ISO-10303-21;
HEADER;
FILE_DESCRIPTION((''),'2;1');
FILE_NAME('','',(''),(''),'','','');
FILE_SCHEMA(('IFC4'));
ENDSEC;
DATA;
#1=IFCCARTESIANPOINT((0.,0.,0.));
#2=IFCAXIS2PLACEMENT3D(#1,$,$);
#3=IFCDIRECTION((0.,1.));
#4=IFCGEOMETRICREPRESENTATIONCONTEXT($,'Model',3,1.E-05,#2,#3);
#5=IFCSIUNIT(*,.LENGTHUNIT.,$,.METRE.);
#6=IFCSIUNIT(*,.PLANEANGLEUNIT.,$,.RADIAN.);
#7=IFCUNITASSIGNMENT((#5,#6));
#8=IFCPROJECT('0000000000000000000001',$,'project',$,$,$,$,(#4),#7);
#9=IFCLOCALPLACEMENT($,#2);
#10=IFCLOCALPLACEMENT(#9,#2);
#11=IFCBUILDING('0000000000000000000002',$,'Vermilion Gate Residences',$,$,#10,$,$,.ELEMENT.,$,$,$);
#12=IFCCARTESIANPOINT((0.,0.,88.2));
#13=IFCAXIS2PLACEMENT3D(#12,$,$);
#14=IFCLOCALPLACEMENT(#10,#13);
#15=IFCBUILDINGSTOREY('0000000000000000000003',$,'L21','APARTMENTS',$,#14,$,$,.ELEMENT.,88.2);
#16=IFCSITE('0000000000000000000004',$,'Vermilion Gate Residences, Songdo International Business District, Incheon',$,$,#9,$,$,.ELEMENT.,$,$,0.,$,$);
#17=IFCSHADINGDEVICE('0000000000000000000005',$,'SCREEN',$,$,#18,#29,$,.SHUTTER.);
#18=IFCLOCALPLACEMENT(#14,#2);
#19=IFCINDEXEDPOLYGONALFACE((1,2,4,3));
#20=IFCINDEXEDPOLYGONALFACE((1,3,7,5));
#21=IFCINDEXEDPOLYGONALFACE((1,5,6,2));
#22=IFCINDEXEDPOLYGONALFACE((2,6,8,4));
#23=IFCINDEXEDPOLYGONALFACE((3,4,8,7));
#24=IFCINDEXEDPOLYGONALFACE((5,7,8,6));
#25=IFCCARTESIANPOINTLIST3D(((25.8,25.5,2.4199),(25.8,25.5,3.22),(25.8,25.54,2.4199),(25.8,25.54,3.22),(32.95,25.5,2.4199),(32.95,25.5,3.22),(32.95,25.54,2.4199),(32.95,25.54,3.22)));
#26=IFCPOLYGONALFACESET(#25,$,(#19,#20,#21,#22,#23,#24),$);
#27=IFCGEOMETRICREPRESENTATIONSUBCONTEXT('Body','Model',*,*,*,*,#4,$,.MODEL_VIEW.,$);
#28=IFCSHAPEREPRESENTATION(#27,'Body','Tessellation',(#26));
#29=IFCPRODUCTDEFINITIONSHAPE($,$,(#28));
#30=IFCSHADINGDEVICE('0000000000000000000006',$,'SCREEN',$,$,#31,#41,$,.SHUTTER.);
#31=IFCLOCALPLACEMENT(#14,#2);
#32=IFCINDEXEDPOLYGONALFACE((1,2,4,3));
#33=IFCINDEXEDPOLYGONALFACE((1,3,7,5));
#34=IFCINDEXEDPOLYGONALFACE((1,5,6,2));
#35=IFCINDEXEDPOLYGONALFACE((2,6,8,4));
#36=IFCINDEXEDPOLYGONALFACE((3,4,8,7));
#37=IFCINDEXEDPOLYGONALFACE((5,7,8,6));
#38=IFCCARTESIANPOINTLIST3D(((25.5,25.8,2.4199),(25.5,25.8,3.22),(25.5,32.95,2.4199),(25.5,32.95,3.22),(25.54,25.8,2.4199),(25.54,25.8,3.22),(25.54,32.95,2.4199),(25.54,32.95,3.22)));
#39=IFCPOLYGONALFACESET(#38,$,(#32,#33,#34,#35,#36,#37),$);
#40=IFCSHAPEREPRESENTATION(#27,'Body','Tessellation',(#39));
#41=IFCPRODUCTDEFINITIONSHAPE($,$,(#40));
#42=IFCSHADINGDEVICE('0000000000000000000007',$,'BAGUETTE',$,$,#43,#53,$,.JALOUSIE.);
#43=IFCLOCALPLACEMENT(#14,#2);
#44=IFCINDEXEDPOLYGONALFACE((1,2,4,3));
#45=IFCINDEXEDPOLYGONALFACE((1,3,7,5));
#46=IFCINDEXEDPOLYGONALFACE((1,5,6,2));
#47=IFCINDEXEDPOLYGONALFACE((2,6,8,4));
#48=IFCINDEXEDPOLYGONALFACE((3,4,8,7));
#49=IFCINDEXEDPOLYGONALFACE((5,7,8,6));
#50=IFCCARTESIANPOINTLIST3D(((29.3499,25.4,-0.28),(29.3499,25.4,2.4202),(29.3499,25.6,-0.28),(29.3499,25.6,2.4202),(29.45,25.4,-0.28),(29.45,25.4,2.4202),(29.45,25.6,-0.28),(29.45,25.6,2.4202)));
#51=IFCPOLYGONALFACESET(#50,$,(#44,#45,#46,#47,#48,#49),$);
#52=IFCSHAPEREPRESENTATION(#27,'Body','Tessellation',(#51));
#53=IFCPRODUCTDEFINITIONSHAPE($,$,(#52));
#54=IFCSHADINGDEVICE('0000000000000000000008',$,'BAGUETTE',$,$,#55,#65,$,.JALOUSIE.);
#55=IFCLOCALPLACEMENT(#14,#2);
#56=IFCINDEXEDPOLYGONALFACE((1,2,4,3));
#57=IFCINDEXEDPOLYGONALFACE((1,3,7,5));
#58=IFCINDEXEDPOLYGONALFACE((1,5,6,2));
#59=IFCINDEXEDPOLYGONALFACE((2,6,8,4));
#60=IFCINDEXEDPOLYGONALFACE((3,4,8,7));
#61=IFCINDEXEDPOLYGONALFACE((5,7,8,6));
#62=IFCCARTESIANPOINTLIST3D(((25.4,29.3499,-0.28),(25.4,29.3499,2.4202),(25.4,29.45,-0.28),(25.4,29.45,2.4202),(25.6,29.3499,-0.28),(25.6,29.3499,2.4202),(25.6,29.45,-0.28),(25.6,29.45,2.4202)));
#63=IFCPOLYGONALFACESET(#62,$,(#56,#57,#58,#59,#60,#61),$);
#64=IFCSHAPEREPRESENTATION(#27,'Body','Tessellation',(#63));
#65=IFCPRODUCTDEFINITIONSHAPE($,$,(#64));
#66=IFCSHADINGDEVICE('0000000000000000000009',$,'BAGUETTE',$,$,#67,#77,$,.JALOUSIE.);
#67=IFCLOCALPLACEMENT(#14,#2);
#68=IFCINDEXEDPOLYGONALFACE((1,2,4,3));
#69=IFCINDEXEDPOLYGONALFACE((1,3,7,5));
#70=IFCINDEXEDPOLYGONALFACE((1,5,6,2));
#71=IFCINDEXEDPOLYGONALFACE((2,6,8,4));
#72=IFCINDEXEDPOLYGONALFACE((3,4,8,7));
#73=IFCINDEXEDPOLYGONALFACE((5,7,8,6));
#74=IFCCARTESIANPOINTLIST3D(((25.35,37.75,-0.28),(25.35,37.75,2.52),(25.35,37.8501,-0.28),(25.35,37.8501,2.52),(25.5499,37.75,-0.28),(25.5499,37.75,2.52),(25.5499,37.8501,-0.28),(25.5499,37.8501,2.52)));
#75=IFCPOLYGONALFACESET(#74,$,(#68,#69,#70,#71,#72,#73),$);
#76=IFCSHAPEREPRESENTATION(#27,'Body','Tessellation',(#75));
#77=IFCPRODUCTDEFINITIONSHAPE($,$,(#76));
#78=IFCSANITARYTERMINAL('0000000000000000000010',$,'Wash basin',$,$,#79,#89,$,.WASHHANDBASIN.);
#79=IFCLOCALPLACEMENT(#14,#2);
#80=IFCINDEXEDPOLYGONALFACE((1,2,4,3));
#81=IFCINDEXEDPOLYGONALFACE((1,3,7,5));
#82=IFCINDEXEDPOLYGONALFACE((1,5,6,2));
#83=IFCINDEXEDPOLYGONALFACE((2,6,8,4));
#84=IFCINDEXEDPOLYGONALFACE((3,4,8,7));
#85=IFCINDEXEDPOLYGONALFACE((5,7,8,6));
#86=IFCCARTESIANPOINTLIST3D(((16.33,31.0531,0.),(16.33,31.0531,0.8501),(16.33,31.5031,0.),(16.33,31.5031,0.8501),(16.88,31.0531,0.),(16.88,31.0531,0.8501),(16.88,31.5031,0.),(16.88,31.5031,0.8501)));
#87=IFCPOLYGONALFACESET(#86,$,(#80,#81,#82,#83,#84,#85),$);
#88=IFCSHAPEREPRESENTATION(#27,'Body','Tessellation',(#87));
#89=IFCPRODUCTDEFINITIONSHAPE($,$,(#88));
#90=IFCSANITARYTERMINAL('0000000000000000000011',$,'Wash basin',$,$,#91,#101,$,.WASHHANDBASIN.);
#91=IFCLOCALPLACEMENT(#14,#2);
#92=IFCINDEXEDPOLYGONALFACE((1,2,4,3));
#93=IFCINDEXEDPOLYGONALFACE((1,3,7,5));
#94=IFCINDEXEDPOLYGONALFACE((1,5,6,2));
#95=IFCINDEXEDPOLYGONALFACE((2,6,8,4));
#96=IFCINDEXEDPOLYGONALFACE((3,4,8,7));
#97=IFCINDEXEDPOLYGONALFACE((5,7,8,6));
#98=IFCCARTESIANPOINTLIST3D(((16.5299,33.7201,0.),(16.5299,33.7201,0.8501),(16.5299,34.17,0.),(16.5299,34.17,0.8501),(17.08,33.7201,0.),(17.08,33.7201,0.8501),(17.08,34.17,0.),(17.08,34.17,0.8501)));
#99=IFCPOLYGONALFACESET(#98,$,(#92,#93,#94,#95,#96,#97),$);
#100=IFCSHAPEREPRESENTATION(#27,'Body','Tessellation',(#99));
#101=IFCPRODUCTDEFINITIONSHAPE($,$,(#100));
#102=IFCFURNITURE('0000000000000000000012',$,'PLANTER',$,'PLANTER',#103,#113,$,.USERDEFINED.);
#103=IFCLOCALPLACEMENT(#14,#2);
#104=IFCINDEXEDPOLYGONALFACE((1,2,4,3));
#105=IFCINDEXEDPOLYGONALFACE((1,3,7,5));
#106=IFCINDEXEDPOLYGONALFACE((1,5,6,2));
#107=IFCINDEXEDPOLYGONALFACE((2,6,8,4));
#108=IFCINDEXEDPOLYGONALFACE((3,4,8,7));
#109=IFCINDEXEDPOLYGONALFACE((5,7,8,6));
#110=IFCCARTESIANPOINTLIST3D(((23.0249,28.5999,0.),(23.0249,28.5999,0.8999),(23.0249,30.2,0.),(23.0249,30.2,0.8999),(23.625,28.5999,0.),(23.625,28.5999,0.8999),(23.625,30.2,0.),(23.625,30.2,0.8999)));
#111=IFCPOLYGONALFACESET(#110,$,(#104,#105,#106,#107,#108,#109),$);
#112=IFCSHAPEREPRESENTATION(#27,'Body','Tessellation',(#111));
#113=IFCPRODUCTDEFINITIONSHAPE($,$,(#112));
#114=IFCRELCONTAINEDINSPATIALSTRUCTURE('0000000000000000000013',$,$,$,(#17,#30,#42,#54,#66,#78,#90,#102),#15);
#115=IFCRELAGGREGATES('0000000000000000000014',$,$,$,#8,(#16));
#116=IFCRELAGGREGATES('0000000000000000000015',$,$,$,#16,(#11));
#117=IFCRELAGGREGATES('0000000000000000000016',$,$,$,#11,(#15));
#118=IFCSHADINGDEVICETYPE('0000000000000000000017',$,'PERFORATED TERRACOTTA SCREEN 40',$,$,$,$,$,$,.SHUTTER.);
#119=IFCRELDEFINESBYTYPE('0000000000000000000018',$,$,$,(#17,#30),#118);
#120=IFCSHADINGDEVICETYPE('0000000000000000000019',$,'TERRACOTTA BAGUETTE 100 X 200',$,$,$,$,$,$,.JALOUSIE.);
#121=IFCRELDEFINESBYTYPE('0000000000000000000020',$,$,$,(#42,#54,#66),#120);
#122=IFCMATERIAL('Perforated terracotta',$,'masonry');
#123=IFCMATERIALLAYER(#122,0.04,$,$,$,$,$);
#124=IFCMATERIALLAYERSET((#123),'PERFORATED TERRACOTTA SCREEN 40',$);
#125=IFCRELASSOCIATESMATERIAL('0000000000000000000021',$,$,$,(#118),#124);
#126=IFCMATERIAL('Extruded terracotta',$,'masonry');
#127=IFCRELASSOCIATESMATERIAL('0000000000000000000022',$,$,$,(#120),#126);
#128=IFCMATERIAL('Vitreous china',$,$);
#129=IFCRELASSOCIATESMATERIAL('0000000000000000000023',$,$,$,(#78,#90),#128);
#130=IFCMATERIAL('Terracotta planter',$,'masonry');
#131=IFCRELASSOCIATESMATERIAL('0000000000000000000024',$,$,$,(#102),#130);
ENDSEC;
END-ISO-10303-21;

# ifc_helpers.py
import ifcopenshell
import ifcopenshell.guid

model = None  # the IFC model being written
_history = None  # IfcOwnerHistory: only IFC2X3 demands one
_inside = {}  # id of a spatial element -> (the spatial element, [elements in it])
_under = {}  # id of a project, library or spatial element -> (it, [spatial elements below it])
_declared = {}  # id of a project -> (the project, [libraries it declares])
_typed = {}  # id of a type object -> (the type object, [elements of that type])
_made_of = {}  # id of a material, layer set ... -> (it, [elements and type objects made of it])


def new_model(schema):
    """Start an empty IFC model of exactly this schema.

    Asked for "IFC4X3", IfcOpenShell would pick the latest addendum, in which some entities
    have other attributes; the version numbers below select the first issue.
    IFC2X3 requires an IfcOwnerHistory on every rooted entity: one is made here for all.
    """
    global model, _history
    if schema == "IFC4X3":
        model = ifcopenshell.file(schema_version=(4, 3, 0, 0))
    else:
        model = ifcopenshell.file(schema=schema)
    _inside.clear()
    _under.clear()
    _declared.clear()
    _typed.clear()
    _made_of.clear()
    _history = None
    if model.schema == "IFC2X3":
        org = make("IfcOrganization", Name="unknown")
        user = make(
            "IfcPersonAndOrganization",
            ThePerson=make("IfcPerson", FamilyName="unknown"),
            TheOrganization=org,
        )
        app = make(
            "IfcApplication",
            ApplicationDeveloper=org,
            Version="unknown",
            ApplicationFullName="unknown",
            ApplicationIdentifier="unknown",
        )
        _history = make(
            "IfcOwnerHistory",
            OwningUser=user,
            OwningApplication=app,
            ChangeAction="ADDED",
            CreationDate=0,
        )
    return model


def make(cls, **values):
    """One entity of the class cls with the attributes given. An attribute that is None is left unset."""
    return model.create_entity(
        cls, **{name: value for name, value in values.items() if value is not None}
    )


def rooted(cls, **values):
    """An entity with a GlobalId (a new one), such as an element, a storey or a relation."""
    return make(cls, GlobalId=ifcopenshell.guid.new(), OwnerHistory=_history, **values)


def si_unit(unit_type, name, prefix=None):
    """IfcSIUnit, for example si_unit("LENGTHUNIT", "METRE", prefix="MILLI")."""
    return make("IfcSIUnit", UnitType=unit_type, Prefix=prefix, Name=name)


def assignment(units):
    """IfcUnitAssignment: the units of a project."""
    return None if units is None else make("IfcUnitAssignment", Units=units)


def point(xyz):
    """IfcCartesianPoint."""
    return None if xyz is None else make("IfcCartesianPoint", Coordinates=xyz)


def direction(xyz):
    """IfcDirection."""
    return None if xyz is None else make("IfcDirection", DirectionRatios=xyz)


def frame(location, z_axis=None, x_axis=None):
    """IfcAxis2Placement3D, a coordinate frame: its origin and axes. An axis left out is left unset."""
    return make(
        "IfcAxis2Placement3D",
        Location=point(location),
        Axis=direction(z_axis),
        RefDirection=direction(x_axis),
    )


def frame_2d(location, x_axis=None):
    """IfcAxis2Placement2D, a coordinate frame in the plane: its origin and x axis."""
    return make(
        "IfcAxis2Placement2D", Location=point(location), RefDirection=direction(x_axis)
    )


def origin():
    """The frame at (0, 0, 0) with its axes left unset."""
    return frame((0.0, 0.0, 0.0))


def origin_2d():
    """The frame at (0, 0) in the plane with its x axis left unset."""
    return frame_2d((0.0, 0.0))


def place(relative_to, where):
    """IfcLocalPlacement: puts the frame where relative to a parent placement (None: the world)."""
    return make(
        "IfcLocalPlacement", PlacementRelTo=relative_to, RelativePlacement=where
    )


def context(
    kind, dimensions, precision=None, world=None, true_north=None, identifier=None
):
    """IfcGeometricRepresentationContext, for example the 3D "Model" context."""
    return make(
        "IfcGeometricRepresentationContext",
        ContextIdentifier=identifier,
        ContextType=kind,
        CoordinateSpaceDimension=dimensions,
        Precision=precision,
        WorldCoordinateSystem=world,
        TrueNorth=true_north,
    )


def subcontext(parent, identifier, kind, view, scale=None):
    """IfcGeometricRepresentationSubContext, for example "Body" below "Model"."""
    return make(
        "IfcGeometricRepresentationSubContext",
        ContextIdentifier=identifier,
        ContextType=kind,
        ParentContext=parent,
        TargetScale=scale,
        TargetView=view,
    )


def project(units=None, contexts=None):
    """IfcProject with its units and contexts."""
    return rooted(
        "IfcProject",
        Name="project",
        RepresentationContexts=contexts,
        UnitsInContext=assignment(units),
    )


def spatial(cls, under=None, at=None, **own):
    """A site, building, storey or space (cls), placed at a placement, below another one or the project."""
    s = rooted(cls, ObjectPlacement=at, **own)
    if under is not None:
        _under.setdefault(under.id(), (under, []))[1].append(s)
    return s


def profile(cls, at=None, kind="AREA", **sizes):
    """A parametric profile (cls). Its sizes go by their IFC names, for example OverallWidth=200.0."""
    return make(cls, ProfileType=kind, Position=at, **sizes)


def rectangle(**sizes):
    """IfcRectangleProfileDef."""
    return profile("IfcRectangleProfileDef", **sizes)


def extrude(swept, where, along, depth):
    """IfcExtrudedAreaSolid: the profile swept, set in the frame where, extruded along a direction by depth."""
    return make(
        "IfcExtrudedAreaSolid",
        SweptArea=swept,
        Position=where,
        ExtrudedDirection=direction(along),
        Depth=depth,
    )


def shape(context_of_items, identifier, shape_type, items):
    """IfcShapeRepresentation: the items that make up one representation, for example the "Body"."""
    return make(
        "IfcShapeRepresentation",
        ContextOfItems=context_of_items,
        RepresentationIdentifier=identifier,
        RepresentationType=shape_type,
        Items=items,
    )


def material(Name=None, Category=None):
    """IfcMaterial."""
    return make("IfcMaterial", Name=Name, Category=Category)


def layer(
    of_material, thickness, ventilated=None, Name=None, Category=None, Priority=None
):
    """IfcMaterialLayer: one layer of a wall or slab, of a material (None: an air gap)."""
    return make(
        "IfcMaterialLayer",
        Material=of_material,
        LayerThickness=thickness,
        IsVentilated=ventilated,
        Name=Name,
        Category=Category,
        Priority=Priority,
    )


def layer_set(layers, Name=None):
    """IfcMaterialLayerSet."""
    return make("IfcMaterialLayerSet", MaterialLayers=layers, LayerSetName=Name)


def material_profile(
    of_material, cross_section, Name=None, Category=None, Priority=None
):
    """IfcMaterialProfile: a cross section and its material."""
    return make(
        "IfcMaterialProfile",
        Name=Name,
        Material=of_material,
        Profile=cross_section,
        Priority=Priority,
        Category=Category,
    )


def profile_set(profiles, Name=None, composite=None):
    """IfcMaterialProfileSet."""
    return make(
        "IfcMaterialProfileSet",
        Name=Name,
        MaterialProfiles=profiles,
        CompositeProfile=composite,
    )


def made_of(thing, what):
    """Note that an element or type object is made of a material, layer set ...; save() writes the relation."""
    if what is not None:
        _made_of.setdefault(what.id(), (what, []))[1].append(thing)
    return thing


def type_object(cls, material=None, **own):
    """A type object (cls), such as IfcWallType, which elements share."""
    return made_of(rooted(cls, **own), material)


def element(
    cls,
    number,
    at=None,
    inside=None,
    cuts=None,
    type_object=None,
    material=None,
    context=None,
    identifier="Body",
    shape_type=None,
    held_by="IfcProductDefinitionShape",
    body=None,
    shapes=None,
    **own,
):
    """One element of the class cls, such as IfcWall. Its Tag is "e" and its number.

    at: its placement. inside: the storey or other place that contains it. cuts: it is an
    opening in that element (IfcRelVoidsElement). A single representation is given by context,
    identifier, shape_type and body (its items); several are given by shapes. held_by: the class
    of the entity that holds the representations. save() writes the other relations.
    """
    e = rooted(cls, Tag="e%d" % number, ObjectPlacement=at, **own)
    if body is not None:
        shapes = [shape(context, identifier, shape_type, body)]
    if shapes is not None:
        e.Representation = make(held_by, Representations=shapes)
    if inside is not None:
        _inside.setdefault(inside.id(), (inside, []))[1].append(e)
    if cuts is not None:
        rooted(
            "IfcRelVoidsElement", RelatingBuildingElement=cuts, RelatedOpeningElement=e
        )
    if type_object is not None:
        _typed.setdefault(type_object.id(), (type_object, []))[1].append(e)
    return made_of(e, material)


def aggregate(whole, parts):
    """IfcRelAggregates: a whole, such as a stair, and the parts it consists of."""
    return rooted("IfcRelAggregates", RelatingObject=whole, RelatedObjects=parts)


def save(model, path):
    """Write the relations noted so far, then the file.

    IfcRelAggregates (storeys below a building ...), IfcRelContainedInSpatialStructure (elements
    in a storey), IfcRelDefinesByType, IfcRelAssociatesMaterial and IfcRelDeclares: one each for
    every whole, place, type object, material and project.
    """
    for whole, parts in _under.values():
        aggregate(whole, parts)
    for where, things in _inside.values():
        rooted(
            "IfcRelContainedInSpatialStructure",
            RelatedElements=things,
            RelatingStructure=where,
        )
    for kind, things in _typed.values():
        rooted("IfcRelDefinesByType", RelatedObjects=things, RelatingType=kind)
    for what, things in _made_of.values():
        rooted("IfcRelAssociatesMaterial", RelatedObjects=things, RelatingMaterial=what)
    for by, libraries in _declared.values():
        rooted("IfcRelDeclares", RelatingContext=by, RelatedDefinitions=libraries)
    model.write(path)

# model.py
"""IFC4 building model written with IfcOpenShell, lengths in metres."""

from ifc_helpers import new_model, si_unit, direction, frame, origin, origin_2d, place, context, subcontext, project, spatial, rectangle, extrude, material, layer, layer_set, material_profile, profile_set, type_object, element, save


model = new_model("IFC4")

# Units and contexts
model_context = context("Model", 3, precision=1e-05, world=origin(), true_north=direction((0.0, 1.0)))
body_context = subcontext(model_context, "Body", "Model", "MODEL_VIEW")
ifc_project = project(units=[si_unit("LENGTHUNIT", "METRE"), si_unit("PLANEANGLEUNIT", "RADIAN")], contexts=[model_context])

# Site, building, storey
site_placement = place(None, origin())
site = spatial("IfcSite", under=ifc_project, at=site_placement, Name="Vermilion Gate Residences, Songdo International Business District, Incheon", CompositionType="ELEMENT", RefElevation=0.0)
building_placement = place(site_placement, origin())
building = spatial("IfcBuilding", under=site, at=building_placement, Name="Vermilion Gate Residences", CompositionType="ELEMENT")
storey_placement = place(building_placement, frame((0.0, 0.0, 88.2)))
storey = spatial("IfcBuildingStorey", under=building, at=storey_placement, Name="L21", Description="APARTMENTS", CompositionType="ELEMENT", Elevation=88.2)

# Shading devices
ifc_material_1 = material(Name="Perforated terracotta", Category="masonry")
ifc_layer_1 = layer(ifc_material_1, 0.04)
ifc_layer_set_1 = layer_set([ifc_layer_1], Name="PERFORATED TERRACOTTA SCREEN 40")
shading_device_type_1 = type_object("IfcShadingDeviceType", Name="PERFORATED TERRACOTTA SCREEN 40", PredefinedType="SHUTTER", material=ifc_layer_set_1)
for number, where, z_axis, x_axis, name in (
    (1, (29.375, 25.52, 2.4199), (0.0, 0.0, 1.0), (-1.0, 0.0, 0.0), "SCREEN"),
    (2, (25.52, 29.375, 2.4199), (0.0, 0.0, 1.0), (0.0, 1.0, 0.0), "SCREEN"),
):
    element("IfcShadingDevice", number, at=place(storey_placement, frame(where, z_axis=z_axis, x_axis=x_axis)), inside=storey, type_object=shading_device_type_1, Name=name, PredefinedType="SHUTTER", context=body_context, shape_type="SweptSolid", body=[
        extrude(rectangle(XDim=7.1499, YDim=0.04, at=origin_2d()), origin(), (0.0, 0.0, 1.0), 0.8),
    ])
ifc_material_2 = material(Name="Extruded terracotta", Category="masonry")
ifc_material_profile_1 = material_profile(ifc_material_2, rectangle(XDim=0.2, YDim=0.1001, at=origin_2d()), Name="BAGUETTE 100 X 200")
ifc_profile_set_1 = profile_set([ifc_material_profile_1], Name="Extruded terracotta")
shading_device_type_2 = type_object("IfcShadingDeviceType", Name="TERRACOTTA BAGUETTE 100 X 200", PredefinedType="JALOUSIE", material=ifc_profile_set_1)
for number, where, z_axis, x_axis, name in (
    (3, (29.3999, 25.5, -0.28), (0.0, 0.0, 1.0), (0.0, -1.0, 0.0), "BAGUETTE"),
    (4, (25.5, 29.3999, -0.28), (0.0, 0.0, 1.0), (-1.0, 0.0, 0.0), "BAGUETTE"),
):
    element("IfcShadingDevice", number, at=place(storey_placement, frame(where, z_axis=z_axis, x_axis=x_axis)), inside=storey, type_object=shading_device_type_2, Name=name, PredefinedType="JALOUSIE", context=body_context, shape_type="SweptSolid", body=[
        extrude(rectangle(XDim=0.2, YDim=0.1001, at=origin_2d()), origin(), (0.0, 0.0, 1.0), 2.7002),
    ])
shading_device_placement = place(storey_placement, frame((25.45, 37.8, -0.28), z_axis=(0.0, 0.0, 1.0), x_axis=(-1.0, 0.0, 0.0)))
element("IfcShadingDevice", 5, at=shading_device_placement, inside=storey, type_object=shading_device_type_2, Name="BAGUETTE", PredefinedType="JALOUSIE", context=body_context, shape_type="SweptSolid", body=[
    extrude(rectangle(XDim=0.2, YDim=0.1001, at=origin_2d()), origin(), (0.0, 0.0, 1.0), 2.8),
])

# Sanitary terminals
ifc_material_3 = material(Name="Vitreous china")
for number, where, z_axis, x_axis, name in (
    (6, (16.605, 31.2781, 0.0), (0.0, 0.0, 1.0), (1.0, 0.0, 0.0), "Wash basin"),
    (7, (16.8049, 33.9451, 0.0), (0.0, 0.0, 1.0), (1.0, 0.0, 0.0), "Wash basin"),
):
    element("IfcSanitaryTerminal", number, at=place(storey_placement, frame(where, z_axis=z_axis, x_axis=x_axis)), inside=storey, material=ifc_material_3, Name=name, PredefinedType="WASHHANDBASIN", context=body_context, shape_type="SweptSolid", body=[
        extrude(rectangle(XDim=0.55, YDim=0.45, at=origin_2d()), origin(), (0.0, 0.0, 1.0), 0.8501),
    ])

# Furniture
ifc_material_4 = material(Name="Terracotta planter", Category="masonry")
furniture_placement = place(storey_placement, frame((23.325, 29.3999, 0.0), z_axis=(0.0, 0.0, 1.0), x_axis=(0.0, 1.0, 0.0)))
element("IfcFurniture", 8, at=furniture_placement, inside=storey, material=ifc_material_4, Name="PLANTER", ObjectType="PLANTER", PredefinedType="USERDEFINED", context=body_context, shape_type="SweptSolid", body=[
    extrude(rectangle(XDim=1.6001, YDim=0.6001, at=origin_2d()), origin(), (0.0, 0.0, 1.0), 0.8999),
])

save(model, "model.ifc")
